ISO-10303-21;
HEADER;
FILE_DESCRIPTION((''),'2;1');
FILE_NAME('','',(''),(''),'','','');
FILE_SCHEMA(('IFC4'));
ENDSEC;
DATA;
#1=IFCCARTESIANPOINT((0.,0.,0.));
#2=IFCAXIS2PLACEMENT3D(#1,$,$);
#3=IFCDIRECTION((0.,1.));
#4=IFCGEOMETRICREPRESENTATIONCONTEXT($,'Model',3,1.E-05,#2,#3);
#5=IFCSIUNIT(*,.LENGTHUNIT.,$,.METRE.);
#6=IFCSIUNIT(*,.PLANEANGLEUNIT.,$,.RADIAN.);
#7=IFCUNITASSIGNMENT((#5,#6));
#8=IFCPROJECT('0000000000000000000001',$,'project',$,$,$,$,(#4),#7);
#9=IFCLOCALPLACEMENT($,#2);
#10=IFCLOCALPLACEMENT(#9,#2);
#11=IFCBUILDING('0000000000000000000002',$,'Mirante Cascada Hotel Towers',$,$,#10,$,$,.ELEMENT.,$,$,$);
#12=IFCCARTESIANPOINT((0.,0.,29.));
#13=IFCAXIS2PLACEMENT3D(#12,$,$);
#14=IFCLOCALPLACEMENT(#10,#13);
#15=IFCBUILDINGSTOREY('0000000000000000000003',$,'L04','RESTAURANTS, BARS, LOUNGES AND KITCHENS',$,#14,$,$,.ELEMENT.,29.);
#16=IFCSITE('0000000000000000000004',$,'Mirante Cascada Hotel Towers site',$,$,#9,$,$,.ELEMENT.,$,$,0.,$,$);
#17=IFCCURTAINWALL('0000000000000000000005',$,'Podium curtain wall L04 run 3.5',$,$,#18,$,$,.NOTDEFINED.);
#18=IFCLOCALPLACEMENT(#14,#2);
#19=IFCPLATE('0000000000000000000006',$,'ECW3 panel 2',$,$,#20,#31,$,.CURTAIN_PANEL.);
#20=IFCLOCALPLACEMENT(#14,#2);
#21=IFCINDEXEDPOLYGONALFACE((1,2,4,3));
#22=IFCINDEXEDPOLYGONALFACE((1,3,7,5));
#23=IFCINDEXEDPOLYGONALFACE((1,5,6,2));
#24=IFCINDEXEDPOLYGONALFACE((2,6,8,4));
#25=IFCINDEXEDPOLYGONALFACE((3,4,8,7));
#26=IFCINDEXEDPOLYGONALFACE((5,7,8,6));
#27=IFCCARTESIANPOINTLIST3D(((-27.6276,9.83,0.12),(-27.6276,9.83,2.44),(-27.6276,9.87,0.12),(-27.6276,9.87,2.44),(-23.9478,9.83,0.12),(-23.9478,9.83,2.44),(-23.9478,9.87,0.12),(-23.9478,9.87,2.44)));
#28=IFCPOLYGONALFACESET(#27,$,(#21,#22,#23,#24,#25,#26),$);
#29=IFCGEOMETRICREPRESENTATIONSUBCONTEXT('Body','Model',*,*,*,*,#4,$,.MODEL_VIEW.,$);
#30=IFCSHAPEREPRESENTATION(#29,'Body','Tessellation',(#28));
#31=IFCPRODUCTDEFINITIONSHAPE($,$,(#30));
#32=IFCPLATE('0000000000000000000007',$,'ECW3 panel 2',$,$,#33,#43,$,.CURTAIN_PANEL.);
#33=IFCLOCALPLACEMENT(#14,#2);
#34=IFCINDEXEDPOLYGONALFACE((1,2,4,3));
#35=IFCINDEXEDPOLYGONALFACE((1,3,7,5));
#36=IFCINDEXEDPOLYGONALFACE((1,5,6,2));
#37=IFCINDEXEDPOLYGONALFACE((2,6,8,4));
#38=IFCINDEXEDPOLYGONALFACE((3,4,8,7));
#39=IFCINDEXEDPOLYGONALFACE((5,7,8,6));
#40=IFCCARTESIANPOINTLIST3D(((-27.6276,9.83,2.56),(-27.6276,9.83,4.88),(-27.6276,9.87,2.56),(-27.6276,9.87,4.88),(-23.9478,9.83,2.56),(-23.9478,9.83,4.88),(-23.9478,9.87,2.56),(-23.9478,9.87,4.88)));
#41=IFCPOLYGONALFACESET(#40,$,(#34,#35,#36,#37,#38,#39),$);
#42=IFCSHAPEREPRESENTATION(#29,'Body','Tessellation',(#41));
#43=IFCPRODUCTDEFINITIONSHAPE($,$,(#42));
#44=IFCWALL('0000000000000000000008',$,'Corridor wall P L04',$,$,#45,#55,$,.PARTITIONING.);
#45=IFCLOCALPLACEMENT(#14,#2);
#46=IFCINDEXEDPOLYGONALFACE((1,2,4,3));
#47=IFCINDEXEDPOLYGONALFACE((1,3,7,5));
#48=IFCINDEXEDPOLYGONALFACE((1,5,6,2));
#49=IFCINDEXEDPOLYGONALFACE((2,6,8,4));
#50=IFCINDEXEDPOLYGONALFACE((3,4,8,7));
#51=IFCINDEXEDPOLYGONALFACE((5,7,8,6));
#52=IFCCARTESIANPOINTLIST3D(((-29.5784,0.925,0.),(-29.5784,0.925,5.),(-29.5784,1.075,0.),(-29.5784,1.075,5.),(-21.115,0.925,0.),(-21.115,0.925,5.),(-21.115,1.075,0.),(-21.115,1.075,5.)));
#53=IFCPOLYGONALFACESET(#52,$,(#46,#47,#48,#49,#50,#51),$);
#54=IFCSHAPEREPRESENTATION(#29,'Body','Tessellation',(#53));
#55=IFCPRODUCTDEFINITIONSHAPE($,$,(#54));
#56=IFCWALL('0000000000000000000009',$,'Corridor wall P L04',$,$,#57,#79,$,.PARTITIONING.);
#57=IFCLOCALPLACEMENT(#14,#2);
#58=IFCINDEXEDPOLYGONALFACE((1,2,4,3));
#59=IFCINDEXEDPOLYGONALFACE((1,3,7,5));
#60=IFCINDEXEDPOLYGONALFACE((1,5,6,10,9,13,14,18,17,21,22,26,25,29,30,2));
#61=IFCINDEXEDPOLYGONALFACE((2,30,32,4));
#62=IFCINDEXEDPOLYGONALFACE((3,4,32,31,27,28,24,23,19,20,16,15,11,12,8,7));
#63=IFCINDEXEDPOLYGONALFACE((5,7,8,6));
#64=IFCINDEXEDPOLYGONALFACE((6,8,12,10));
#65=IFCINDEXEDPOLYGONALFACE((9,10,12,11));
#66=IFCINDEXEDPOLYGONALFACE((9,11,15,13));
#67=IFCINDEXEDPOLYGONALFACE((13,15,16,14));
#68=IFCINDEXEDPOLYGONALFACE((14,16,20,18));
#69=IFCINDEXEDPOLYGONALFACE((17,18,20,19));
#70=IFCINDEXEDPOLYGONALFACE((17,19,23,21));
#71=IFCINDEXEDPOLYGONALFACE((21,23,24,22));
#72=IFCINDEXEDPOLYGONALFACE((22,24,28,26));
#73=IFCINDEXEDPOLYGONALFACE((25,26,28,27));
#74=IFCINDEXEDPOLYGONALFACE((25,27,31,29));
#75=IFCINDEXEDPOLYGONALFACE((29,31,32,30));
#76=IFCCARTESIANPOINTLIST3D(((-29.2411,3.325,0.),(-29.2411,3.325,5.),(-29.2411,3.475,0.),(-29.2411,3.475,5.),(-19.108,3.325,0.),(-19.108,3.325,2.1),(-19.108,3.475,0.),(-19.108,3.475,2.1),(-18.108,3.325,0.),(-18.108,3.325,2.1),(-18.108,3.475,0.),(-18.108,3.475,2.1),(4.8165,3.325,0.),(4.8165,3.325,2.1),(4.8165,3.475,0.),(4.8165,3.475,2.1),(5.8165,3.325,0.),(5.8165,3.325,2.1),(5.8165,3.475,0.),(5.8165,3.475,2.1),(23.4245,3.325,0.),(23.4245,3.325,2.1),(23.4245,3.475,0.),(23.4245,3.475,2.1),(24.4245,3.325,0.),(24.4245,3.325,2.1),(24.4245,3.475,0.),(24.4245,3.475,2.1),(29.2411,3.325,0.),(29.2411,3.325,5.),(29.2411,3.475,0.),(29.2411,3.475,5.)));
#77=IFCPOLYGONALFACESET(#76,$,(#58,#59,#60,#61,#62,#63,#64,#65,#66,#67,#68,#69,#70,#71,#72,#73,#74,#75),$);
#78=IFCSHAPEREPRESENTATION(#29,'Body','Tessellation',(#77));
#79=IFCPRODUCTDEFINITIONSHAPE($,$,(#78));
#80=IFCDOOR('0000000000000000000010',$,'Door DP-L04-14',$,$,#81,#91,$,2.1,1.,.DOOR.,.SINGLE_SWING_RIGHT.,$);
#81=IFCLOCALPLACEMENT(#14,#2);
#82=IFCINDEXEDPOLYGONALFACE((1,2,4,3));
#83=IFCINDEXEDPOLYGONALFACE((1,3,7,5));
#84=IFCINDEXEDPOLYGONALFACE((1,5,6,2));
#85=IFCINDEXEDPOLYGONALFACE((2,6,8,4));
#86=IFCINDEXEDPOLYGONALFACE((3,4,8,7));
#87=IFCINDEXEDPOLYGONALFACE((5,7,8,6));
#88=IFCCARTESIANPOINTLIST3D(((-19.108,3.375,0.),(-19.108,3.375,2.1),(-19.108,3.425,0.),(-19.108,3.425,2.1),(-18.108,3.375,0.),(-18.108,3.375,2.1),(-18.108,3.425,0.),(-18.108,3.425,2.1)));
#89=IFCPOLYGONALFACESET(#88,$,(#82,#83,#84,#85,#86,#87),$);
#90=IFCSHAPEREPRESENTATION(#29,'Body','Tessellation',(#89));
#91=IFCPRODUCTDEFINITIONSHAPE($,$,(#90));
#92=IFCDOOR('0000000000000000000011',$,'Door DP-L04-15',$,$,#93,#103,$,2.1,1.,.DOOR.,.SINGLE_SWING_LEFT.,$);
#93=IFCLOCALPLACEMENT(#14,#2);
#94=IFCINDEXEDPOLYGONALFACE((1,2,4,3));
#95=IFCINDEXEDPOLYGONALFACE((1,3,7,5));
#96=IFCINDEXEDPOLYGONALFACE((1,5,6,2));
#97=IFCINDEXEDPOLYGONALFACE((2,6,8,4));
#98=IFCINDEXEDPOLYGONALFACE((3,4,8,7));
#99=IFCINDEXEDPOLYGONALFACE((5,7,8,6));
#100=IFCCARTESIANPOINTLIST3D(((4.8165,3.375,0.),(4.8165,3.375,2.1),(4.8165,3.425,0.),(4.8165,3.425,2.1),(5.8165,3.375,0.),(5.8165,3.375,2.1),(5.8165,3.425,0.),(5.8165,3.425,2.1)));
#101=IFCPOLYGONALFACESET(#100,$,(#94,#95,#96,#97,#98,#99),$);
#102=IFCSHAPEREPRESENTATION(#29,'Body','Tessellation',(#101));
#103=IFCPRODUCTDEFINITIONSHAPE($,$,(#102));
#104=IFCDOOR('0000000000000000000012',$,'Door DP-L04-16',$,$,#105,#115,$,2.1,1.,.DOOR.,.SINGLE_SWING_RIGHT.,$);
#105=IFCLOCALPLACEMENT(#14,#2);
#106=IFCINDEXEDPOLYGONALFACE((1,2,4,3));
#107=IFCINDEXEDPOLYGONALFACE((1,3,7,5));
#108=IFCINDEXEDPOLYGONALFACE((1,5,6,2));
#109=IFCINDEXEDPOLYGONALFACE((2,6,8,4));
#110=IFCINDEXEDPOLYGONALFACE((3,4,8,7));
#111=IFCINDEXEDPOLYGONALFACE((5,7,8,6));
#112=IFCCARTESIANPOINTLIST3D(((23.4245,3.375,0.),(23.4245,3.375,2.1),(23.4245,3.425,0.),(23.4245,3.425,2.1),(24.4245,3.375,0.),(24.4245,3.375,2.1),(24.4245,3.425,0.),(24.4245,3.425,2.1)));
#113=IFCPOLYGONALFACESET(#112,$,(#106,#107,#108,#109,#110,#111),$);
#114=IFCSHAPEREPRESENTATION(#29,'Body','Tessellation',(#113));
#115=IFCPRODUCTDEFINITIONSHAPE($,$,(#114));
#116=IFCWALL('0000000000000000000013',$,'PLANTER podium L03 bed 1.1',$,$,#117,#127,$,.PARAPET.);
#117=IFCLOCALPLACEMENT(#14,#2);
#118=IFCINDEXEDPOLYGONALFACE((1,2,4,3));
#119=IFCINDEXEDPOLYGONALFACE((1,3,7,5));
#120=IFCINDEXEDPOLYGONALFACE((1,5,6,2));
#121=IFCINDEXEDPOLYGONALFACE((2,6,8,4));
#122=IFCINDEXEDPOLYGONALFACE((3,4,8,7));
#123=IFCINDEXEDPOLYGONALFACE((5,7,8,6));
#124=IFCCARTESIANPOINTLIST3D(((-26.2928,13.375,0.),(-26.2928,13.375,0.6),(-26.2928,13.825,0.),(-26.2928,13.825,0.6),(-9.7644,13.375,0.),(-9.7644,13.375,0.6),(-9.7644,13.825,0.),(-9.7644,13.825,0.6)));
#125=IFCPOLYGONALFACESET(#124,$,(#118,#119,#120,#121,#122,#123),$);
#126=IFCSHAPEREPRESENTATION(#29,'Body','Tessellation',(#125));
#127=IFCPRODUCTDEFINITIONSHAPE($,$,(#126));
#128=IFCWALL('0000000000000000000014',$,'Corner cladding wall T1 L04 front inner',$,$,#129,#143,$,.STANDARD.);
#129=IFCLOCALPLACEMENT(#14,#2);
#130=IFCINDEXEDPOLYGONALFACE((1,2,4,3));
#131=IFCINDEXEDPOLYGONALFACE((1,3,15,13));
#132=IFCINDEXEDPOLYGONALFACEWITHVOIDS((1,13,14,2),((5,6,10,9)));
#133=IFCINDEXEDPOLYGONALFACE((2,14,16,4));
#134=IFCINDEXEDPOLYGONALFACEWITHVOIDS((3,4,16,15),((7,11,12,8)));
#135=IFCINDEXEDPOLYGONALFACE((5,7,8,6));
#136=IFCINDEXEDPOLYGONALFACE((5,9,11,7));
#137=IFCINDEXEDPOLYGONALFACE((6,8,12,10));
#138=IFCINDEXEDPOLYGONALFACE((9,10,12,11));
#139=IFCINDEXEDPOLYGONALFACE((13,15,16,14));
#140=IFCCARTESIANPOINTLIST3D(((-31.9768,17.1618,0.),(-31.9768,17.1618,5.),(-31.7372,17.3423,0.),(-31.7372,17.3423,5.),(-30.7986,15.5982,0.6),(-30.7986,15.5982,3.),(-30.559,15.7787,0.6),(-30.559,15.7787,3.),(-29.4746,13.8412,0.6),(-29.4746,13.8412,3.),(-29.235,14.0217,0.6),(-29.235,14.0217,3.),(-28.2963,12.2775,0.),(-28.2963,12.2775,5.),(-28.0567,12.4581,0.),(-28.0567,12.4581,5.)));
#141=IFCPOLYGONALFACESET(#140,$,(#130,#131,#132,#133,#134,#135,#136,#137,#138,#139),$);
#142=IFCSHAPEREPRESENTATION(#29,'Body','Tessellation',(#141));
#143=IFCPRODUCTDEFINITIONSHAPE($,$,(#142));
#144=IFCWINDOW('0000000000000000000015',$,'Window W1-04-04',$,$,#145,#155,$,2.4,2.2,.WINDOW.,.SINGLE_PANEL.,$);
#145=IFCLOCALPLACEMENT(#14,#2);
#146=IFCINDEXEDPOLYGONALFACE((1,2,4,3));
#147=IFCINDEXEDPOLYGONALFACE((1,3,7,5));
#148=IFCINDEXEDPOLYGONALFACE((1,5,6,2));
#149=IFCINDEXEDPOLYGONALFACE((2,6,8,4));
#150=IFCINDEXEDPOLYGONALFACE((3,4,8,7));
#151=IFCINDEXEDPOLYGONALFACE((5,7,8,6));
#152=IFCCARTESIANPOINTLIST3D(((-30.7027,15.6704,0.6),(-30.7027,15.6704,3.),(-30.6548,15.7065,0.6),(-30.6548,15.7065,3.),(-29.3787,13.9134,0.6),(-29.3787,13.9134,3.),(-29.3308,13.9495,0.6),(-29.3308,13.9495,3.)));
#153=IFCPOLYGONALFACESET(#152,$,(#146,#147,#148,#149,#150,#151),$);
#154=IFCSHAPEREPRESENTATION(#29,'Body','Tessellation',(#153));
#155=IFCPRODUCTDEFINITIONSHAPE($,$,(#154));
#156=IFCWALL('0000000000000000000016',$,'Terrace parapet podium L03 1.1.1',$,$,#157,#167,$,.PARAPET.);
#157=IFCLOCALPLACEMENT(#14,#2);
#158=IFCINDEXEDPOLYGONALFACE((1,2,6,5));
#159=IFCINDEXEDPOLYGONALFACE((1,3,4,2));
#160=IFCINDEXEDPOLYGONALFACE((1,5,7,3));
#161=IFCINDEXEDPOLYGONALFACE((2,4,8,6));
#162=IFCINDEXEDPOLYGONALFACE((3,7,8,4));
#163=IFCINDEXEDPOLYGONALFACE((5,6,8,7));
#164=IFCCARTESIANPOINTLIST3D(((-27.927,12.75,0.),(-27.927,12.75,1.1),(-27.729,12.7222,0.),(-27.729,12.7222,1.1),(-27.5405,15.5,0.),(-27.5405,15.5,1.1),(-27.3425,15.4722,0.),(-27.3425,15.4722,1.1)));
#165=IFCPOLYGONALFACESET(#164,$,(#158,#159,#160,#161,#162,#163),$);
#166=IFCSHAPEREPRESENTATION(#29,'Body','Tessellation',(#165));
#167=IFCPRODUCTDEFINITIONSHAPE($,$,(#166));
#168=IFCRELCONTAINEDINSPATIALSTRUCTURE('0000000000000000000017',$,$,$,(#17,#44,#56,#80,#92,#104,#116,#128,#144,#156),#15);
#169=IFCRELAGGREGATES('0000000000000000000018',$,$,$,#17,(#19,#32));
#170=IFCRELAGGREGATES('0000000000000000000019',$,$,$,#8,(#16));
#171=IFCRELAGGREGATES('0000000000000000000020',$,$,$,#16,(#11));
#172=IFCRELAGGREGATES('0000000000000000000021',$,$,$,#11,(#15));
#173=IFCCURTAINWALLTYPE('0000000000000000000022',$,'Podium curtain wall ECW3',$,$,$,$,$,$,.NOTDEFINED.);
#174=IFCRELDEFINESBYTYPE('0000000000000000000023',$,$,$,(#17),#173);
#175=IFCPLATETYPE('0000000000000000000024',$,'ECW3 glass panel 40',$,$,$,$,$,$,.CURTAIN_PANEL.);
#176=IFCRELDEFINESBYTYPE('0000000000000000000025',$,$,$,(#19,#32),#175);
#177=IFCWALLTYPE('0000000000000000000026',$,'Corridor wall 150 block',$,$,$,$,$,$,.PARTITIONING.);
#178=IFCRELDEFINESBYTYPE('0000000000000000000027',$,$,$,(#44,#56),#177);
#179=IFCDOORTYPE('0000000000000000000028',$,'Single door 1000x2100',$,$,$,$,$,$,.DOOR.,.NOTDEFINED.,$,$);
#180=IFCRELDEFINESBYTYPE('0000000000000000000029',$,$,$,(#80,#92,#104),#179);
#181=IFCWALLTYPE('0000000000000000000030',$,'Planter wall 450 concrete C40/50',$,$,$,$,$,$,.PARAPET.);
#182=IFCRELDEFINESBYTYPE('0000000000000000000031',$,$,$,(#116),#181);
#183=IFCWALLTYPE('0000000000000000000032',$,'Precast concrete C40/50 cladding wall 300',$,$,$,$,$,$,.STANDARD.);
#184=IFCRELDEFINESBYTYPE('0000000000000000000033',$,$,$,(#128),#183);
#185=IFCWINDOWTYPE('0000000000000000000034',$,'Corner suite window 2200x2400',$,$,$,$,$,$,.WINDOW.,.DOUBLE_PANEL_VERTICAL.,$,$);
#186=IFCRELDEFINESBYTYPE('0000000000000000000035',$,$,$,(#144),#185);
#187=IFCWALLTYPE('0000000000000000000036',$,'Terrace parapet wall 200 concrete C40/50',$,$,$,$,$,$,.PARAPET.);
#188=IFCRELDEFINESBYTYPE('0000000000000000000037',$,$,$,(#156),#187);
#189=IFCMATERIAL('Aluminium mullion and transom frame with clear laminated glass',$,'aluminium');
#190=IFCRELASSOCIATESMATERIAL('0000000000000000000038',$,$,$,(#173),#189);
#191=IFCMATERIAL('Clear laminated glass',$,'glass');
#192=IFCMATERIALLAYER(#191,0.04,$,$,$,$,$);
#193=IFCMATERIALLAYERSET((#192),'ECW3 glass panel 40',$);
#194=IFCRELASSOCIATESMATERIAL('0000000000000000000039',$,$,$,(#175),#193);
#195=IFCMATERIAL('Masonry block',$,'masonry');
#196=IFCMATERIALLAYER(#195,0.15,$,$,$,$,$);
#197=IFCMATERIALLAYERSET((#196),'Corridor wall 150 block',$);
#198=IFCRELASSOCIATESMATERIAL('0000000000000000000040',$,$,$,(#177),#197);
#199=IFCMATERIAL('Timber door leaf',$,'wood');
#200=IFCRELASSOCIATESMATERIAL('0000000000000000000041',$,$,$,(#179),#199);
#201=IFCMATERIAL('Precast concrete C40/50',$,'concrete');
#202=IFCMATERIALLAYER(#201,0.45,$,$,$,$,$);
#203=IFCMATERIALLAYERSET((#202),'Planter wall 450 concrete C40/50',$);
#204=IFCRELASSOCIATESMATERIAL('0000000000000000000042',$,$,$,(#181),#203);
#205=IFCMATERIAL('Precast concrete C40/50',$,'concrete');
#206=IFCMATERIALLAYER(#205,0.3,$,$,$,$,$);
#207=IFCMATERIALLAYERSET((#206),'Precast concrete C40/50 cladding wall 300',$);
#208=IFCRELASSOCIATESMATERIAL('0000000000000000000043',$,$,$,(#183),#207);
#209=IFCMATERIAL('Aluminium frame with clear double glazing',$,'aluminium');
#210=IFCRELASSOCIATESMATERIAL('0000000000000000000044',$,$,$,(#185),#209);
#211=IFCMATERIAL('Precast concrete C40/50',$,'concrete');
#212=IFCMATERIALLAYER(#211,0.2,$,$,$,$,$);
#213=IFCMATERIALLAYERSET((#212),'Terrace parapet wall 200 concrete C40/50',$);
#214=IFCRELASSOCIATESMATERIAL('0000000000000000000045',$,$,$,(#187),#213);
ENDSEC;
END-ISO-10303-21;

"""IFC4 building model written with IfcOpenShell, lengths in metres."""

from ifc_helpers import new_model, si_unit, direction, frame, frame_2d, origin, origin_2d, place, context, subcontext, project, spatial, rectangle, extrude, material, layer, layer_set, type_object, element, fill, aggregate, save


model = new_model("IFC4")

# Units and contexts
model_context = context("Model", 3, precision=1e-05, world=origin(), true_north=direction((0.0, 1.0)))
body_context = subcontext(model_context, "Body", "Model", "MODEL_VIEW")
ifc_project = project(units=[si_unit("LENGTHUNIT", "METRE"), si_unit("PLANEANGLEUNIT", "RADIAN")], contexts=[model_context])

# Site, building, storey
site_placement = place(None, origin())
site = spatial("IfcSite", under=ifc_project, at=site_placement, Name="Mirante Cascada Hotel Towers site", CompositionType="ELEMENT", RefElevation=0.0)
building_placement = place(site_placement, origin())
building = spatial("IfcBuilding", under=site, at=building_placement, Name="Mirante Cascada Hotel Towers", CompositionType="ELEMENT")
storey_placement = place(building_placement, frame((0.0, 0.0, 29.0)))
storey = spatial("IfcBuildingStorey", under=building, at=storey_placement, Name="L04", Description="RESTAURANTS, BARS, LOUNGES AND KITCHENS", CompositionType="ELEMENT", Elevation=29.0)

# Curtain wall
ifc_material_1 = material(Name="Aluminium mullion and transom frame with clear laminated glass", Category="aluminium")
curtain_wall_type = type_object("IfcCurtainWallType", Name="Podium curtain wall ECW3", PredefinedType="NOTDEFINED", material=ifc_material_1)
curtain_wall_1_placement = place(storey_placement, origin())
curtain_wall_1 = element("IfcCurtainWall", 1, at=curtain_wall_1_placement, inside=storey, type_object=curtain_wall_type, Name="Podium curtain wall L04 run 3.5", PredefinedType="NOTDEFINED")

# Plates
ifc_material_2 = material(Name="Clear laminated glass", Category="glass")
ifc_layer_1 = layer(ifc_material_2, 0.04)
ifc_layer_set_1 = layer_set([ifc_layer_1], Name="ECW3 glass panel 40")
plate_type = type_object("IfcPlateType", Name="ECW3 glass panel 40", PredefinedType="CURTAIN_PANEL", material=ifc_layer_set_1)
plate_1_placement = place(storey_placement, frame((-25.7877, 9.85, 0.12), z_axis=(0.0, 0.0, 1.0), x_axis=(-1.0, 0.0, 0.0)))
plate_1 = element("IfcPlate", 2, at=plate_1_placement, type_object=plate_type, Name="ECW3 panel 2", PredefinedType="CURTAIN_PANEL", context=body_context, shape_type="SweptSolid", body=[
    extrude(rectangle(XDim=3.6798, YDim=0.04, at=origin_2d()), origin(), (0.0, 0.0, 1.0), 2.32),
])
plate_2_placement = place(storey_placement, frame((-25.7877, 9.85, 2.56), z_axis=(0.0, 0.0, 1.0), x_axis=(-1.0, 0.0, 0.0)))
plate_2 = element("IfcPlate", 3, at=plate_2_placement, type_object=plate_type, Name="ECW3 panel 2", PredefinedType="CURTAIN_PANEL", context=body_context, shape_type="SweptSolid", body=[
    extrude(rectangle(XDim=3.6798, YDim=0.04, at=origin_2d()), origin(), (0.0, 0.0, 1.0), 2.32),
])
aggregate(curtain_wall_1, [plate_1, plate_2])

# Wall
ifc_material_3 = material(Name="Masonry block", Category="masonry")
ifc_layer_2 = layer(ifc_material_3, 0.15)
ifc_layer_set_2 = layer_set([ifc_layer_2], Name="Corridor wall 150 block")
wall_type_1 = type_object("IfcWallType", Name="Corridor wall 150 block", PredefinedType="PARTITIONING", material=ifc_layer_set_2)
wall_1_placement = place(storey_placement, frame((-29.5784, 1.0, 0.0), z_axis=(0.0, 0.0, 1.0), x_axis=(1.0, 0.0, 0.0)))
element("IfcWall", 4, at=wall_1_placement, inside=storey, type_object=wall_type_1, Name="Corridor wall P L04", PredefinedType="PARTITIONING", context=body_context, shape_type="SweptSolid", body=[
    extrude(rectangle(XDim=8.4634, YDim=0.15, at=frame_2d((4.2317, 0.0))), origin(), (0.0, 0.0, 1.0), 5.0),
])

# Wall, openings, doors
wall_2_placement = place(storey_placement, frame((-29.2411, 3.4, 0.0), z_axis=(0.0, 0.0, 1.0), x_axis=(1.0, 0.0, 0.0)))
wall_2 = element("IfcWall", 5, at=wall_2_placement, inside=storey, type_object=wall_type_1, Name="Corridor wall P L04", PredefinedType="PARTITIONING", context=body_context, shape_type="SweptSolid", body=[
    extrude(rectangle(XDim=58.4822, YDim=0.15, at=frame_2d((29.2411, 0.0))), origin(), (0.0, 0.0, 1.0), 5.0),
])
opening_1_placement = place(wall_2_placement, frame((10.1331, 0.0, 0.0)))
opening_1 = element("IfcOpeningElement", 6, at=opening_1_placement, cuts=wall_2, PredefinedType="OPENING", context=body_context, shape_type="SweptSolid", body=[
    extrude(rectangle(XDim=1.0, YDim=2.1, at=frame_2d((0.5, 1.05))), frame((0.0, 0.075, 0.0), z_axis=(0.0, -1.0, 0.0), x_axis=(1.0, 0.0, 0.0)), (0.0, 0.0, 1.0), 0.15),
])
opening_2_placement = place(wall_2_placement, frame((34.0576, 0.0, 0.0)))
opening_2 = element("IfcOpeningElement", 7, at=opening_2_placement, cuts=wall_2, PredefinedType="OPENING", context=body_context, shape_type="SweptSolid", body=[
    extrude(rectangle(XDim=1.0, YDim=2.1, at=frame_2d((0.5, 1.05))), frame((0.0, 0.075, 0.0), z_axis=(0.0, -1.0, 0.0), x_axis=(1.0, 0.0, 0.0)), (0.0, 0.0, 1.0), 0.15),
])
opening_3_placement = place(wall_2_placement, frame((52.6656, 0.0, 0.0)))
opening_3 = element("IfcOpeningElement", 8, at=opening_3_placement, cuts=wall_2, PredefinedType="OPENING", context=body_context, shape_type="SweptSolid", body=[
    extrude(rectangle(XDim=1.0, YDim=2.1, at=frame_2d((0.5, 1.05))), frame((0.0, 0.075, 0.0), z_axis=(0.0, -1.0, 0.0), x_axis=(1.0, 0.0, 0.0)), (0.0, 0.0, 1.0), 0.15),
])
ifc_material_4 = material(Name="Timber door leaf", Category="wood")
door_type = type_object("IfcDoorType", Name="Single door 1000x2100", OperationType="NOTDEFINED", PredefinedType="DOOR", material=ifc_material_4)
door_1_placement = place(opening_1_placement, origin())
door_1 = element("IfcDoor", 9, at=door_1_placement, inside=storey, type_object=door_type, Name="Door DP-L04-14", OperationType="SINGLE_SWING_RIGHT", OverallHeight=2.1, OverallWidth=1.0, PredefinedType="DOOR", context=body_context, shape_type="SweptSolid", body=[
    extrude(rectangle(XDim=1.0, YDim=2.1, at=frame_2d((0.5, 1.05))), frame((0.0, 0.025, 0.0), z_axis=(0.0, -1.0, 0.0), x_axis=(1.0, 0.0, 0.0)), (0.0, 0.0, 1.0), 0.05),
])
fill(opening_1, door_1)
door_2_placement = place(opening_2_placement, frame((1.0, 0.0, 0.0), z_axis=(0.0, 0.0, 1.0), x_axis=(-1.0, 0.0, 0.0)))
door_2 = element("IfcDoor", 10, at=door_2_placement, inside=storey, type_object=door_type, Name="Door DP-L04-15", OperationType="SINGLE_SWING_LEFT", OverallHeight=2.1, OverallWidth=1.0, PredefinedType="DOOR", context=body_context, shape_type="SweptSolid", body=[
    extrude(rectangle(XDim=1.0, YDim=2.1, at=frame_2d((0.5, 1.05))), frame((0.0, 0.025, 0.0), z_axis=(0.0, -1.0, 0.0), x_axis=(1.0, 0.0, 0.0)), (0.0, 0.0, 1.0), 0.05),
])
fill(opening_2, door_2)
door_3_placement = place(opening_3_placement, origin())
door_3 = element("IfcDoor", 11, at=door_3_placement, inside=storey, type_object=door_type, Name="Door DP-L04-16", OperationType="SINGLE_SWING_RIGHT", OverallHeight=2.1, OverallWidth=1.0, PredefinedType="DOOR", context=body_context, shape_type="SweptSolid", body=[
    extrude(rectangle(XDim=1.0, YDim=2.1, at=frame_2d((0.5, 1.05))), frame((0.0, 0.025, 0.0), z_axis=(0.0, -1.0, 0.0), x_axis=(1.0, 0.0, 0.0)), (0.0, 0.0, 1.0), 0.05),
])
fill(opening_3, door_3)

# Wall
ifc_material_5 = material(Name="Precast concrete C40/50", Category="concrete")
ifc_layer_3 = layer(ifc_material_5, 0.45)
ifc_layer_set_3 = layer_set([ifc_layer_3], Name="Planter wall 450 concrete C40/50")
wall_type_2 = type_object("IfcWallType", Name="Planter wall 450 concrete C40/50", PredefinedType="PARAPET", material=ifc_layer_set_3)
wall_3_placement = place(storey_placement, frame((-26.2928, 13.6, 0.0), z_axis=(0.0, 0.0, 1.0), x_axis=(1.0, 0.0, 0.0)))
element("IfcWall", 12, at=wall_3_placement, inside=storey, type_object=wall_type_2, Name="PLANTER podium L03 bed 1.1", PredefinedType="PARAPET", context=body_context, shape_type="SweptSolid", body=[
    extrude(rectangle(XDim=16.5285, YDim=0.45, at=frame_2d((8.2642, 0.0))), origin(), (0.0, 0.0, 1.0), 0.6),
])

# Wall, opening, window
ifc_material_6 = material(Name="Precast concrete C40/50", Category="concrete")
ifc_layer_4 = layer(ifc_material_6, 0.3)
ifc_layer_set_4 = layer_set([ifc_layer_4], Name="Precast concrete C40/50 cladding wall 300")
wall_type_3 = type_object("IfcWallType", Name="Precast concrete C40/50 cladding wall 300", PredefinedType="STANDARD", material=ifc_layer_set_4)
wall_4_placement = place(storey_placement, frame((-31.857, 17.252, 0.0), z_axis=(0.0, 0.0, 1.0), x_axis=(0.601814, -0.798636, 0.0)))
wall_4 = element("IfcWall", 13, at=wall_4_placement, inside=storey, type_object=wall_type_3, Name="Corner cladding wall T1 L04 front inner", PredefinedType="STANDARD", context=body_context, shape_type="SweptSolid", body=[
    extrude(rectangle(XDim=6.1157, YDim=0.3, at=frame_2d((3.0578, 0.0))), origin(), (0.0, 0.0, 1.0), 5.0),
])
opening_4_placement = place(wall_4_placement, frame((1.9578, 0.0, 0.6)))
opening_4 = element("IfcOpeningElement", 14, at=opening_4_placement, cuts=wall_4, PredefinedType="OPENING", context=body_context, shape_type="SweptSolid", body=[
    extrude(rectangle(XDim=2.2, YDim=2.4, at=frame_2d((1.1, 1.2))), frame((0.0, 0.15, 0.0), z_axis=(0.0, -1.0, 0.0), x_axis=(1.0, 0.0, 0.0)), (0.0, 0.0, 1.0), 0.3),
])
ifc_material_7 = material(Name="Aluminium frame with clear double glazing", Category="aluminium")
window_type = type_object("IfcWindowType", Name="Corner suite window 2200x2400", PartitioningType="DOUBLE_PANEL_VERTICAL", PredefinedType="WINDOW", material=ifc_material_7)
window_placement = place(opening_4_placement, origin())
window = element("IfcWindow", 15, at=window_placement, inside=storey, type_object=window_type, Name="Window W1-04-04", OverallHeight=2.4, OverallWidth=2.2, PartitioningType="SINGLE_PANEL", PredefinedType="WINDOW", context=body_context, shape_type="SweptSolid", body=[
    extrude(rectangle(XDim=2.2, YDim=2.4, at=frame_2d((1.1, 1.2))), frame((0.0, 0.03, 0.0), z_axis=(0.0, -1.0, 0.0), x_axis=(1.0, 0.0, 0.0)), (0.0, 0.0, 1.0), 0.06),
])
fill(opening_4, window)

# Wall
ifc_material_8 = material(Name="Precast concrete C40/50", Category="concrete")
ifc_layer_5 = layer(ifc_material_8, 0.2)
ifc_layer_set_5 = layer_set([ifc_layer_5], Name="Terrace parapet wall 200 concrete C40/50")
wall_type_4 = type_object("IfcWallType", Name="Terrace parapet wall 200 concrete C40/50", PredefinedType="PARAPET", material=ifc_layer_set_5)
wall_5_placement = place(storey_placement, frame((-27.4415, 15.4861, 0.0), z_axis=(0.0, 0.0, 1.0), x_axis=(-0.139178, -0.990267, 0.0)))
element("IfcWall", 16, at=wall_5_placement, inside=storey, type_object=wall_type_4, Name="Terrace parapet podium L03 1.1.1", PredefinedType="PARAPET", context=body_context, shape_type="SweptSolid", body=[
    extrude(rectangle(XDim=2.777, YDim=0.2, at=frame_2d((1.3885, 0.0))), origin(), (0.0, 0.0, 1.0), 1.1),
])

save(model, "model.ifc")
